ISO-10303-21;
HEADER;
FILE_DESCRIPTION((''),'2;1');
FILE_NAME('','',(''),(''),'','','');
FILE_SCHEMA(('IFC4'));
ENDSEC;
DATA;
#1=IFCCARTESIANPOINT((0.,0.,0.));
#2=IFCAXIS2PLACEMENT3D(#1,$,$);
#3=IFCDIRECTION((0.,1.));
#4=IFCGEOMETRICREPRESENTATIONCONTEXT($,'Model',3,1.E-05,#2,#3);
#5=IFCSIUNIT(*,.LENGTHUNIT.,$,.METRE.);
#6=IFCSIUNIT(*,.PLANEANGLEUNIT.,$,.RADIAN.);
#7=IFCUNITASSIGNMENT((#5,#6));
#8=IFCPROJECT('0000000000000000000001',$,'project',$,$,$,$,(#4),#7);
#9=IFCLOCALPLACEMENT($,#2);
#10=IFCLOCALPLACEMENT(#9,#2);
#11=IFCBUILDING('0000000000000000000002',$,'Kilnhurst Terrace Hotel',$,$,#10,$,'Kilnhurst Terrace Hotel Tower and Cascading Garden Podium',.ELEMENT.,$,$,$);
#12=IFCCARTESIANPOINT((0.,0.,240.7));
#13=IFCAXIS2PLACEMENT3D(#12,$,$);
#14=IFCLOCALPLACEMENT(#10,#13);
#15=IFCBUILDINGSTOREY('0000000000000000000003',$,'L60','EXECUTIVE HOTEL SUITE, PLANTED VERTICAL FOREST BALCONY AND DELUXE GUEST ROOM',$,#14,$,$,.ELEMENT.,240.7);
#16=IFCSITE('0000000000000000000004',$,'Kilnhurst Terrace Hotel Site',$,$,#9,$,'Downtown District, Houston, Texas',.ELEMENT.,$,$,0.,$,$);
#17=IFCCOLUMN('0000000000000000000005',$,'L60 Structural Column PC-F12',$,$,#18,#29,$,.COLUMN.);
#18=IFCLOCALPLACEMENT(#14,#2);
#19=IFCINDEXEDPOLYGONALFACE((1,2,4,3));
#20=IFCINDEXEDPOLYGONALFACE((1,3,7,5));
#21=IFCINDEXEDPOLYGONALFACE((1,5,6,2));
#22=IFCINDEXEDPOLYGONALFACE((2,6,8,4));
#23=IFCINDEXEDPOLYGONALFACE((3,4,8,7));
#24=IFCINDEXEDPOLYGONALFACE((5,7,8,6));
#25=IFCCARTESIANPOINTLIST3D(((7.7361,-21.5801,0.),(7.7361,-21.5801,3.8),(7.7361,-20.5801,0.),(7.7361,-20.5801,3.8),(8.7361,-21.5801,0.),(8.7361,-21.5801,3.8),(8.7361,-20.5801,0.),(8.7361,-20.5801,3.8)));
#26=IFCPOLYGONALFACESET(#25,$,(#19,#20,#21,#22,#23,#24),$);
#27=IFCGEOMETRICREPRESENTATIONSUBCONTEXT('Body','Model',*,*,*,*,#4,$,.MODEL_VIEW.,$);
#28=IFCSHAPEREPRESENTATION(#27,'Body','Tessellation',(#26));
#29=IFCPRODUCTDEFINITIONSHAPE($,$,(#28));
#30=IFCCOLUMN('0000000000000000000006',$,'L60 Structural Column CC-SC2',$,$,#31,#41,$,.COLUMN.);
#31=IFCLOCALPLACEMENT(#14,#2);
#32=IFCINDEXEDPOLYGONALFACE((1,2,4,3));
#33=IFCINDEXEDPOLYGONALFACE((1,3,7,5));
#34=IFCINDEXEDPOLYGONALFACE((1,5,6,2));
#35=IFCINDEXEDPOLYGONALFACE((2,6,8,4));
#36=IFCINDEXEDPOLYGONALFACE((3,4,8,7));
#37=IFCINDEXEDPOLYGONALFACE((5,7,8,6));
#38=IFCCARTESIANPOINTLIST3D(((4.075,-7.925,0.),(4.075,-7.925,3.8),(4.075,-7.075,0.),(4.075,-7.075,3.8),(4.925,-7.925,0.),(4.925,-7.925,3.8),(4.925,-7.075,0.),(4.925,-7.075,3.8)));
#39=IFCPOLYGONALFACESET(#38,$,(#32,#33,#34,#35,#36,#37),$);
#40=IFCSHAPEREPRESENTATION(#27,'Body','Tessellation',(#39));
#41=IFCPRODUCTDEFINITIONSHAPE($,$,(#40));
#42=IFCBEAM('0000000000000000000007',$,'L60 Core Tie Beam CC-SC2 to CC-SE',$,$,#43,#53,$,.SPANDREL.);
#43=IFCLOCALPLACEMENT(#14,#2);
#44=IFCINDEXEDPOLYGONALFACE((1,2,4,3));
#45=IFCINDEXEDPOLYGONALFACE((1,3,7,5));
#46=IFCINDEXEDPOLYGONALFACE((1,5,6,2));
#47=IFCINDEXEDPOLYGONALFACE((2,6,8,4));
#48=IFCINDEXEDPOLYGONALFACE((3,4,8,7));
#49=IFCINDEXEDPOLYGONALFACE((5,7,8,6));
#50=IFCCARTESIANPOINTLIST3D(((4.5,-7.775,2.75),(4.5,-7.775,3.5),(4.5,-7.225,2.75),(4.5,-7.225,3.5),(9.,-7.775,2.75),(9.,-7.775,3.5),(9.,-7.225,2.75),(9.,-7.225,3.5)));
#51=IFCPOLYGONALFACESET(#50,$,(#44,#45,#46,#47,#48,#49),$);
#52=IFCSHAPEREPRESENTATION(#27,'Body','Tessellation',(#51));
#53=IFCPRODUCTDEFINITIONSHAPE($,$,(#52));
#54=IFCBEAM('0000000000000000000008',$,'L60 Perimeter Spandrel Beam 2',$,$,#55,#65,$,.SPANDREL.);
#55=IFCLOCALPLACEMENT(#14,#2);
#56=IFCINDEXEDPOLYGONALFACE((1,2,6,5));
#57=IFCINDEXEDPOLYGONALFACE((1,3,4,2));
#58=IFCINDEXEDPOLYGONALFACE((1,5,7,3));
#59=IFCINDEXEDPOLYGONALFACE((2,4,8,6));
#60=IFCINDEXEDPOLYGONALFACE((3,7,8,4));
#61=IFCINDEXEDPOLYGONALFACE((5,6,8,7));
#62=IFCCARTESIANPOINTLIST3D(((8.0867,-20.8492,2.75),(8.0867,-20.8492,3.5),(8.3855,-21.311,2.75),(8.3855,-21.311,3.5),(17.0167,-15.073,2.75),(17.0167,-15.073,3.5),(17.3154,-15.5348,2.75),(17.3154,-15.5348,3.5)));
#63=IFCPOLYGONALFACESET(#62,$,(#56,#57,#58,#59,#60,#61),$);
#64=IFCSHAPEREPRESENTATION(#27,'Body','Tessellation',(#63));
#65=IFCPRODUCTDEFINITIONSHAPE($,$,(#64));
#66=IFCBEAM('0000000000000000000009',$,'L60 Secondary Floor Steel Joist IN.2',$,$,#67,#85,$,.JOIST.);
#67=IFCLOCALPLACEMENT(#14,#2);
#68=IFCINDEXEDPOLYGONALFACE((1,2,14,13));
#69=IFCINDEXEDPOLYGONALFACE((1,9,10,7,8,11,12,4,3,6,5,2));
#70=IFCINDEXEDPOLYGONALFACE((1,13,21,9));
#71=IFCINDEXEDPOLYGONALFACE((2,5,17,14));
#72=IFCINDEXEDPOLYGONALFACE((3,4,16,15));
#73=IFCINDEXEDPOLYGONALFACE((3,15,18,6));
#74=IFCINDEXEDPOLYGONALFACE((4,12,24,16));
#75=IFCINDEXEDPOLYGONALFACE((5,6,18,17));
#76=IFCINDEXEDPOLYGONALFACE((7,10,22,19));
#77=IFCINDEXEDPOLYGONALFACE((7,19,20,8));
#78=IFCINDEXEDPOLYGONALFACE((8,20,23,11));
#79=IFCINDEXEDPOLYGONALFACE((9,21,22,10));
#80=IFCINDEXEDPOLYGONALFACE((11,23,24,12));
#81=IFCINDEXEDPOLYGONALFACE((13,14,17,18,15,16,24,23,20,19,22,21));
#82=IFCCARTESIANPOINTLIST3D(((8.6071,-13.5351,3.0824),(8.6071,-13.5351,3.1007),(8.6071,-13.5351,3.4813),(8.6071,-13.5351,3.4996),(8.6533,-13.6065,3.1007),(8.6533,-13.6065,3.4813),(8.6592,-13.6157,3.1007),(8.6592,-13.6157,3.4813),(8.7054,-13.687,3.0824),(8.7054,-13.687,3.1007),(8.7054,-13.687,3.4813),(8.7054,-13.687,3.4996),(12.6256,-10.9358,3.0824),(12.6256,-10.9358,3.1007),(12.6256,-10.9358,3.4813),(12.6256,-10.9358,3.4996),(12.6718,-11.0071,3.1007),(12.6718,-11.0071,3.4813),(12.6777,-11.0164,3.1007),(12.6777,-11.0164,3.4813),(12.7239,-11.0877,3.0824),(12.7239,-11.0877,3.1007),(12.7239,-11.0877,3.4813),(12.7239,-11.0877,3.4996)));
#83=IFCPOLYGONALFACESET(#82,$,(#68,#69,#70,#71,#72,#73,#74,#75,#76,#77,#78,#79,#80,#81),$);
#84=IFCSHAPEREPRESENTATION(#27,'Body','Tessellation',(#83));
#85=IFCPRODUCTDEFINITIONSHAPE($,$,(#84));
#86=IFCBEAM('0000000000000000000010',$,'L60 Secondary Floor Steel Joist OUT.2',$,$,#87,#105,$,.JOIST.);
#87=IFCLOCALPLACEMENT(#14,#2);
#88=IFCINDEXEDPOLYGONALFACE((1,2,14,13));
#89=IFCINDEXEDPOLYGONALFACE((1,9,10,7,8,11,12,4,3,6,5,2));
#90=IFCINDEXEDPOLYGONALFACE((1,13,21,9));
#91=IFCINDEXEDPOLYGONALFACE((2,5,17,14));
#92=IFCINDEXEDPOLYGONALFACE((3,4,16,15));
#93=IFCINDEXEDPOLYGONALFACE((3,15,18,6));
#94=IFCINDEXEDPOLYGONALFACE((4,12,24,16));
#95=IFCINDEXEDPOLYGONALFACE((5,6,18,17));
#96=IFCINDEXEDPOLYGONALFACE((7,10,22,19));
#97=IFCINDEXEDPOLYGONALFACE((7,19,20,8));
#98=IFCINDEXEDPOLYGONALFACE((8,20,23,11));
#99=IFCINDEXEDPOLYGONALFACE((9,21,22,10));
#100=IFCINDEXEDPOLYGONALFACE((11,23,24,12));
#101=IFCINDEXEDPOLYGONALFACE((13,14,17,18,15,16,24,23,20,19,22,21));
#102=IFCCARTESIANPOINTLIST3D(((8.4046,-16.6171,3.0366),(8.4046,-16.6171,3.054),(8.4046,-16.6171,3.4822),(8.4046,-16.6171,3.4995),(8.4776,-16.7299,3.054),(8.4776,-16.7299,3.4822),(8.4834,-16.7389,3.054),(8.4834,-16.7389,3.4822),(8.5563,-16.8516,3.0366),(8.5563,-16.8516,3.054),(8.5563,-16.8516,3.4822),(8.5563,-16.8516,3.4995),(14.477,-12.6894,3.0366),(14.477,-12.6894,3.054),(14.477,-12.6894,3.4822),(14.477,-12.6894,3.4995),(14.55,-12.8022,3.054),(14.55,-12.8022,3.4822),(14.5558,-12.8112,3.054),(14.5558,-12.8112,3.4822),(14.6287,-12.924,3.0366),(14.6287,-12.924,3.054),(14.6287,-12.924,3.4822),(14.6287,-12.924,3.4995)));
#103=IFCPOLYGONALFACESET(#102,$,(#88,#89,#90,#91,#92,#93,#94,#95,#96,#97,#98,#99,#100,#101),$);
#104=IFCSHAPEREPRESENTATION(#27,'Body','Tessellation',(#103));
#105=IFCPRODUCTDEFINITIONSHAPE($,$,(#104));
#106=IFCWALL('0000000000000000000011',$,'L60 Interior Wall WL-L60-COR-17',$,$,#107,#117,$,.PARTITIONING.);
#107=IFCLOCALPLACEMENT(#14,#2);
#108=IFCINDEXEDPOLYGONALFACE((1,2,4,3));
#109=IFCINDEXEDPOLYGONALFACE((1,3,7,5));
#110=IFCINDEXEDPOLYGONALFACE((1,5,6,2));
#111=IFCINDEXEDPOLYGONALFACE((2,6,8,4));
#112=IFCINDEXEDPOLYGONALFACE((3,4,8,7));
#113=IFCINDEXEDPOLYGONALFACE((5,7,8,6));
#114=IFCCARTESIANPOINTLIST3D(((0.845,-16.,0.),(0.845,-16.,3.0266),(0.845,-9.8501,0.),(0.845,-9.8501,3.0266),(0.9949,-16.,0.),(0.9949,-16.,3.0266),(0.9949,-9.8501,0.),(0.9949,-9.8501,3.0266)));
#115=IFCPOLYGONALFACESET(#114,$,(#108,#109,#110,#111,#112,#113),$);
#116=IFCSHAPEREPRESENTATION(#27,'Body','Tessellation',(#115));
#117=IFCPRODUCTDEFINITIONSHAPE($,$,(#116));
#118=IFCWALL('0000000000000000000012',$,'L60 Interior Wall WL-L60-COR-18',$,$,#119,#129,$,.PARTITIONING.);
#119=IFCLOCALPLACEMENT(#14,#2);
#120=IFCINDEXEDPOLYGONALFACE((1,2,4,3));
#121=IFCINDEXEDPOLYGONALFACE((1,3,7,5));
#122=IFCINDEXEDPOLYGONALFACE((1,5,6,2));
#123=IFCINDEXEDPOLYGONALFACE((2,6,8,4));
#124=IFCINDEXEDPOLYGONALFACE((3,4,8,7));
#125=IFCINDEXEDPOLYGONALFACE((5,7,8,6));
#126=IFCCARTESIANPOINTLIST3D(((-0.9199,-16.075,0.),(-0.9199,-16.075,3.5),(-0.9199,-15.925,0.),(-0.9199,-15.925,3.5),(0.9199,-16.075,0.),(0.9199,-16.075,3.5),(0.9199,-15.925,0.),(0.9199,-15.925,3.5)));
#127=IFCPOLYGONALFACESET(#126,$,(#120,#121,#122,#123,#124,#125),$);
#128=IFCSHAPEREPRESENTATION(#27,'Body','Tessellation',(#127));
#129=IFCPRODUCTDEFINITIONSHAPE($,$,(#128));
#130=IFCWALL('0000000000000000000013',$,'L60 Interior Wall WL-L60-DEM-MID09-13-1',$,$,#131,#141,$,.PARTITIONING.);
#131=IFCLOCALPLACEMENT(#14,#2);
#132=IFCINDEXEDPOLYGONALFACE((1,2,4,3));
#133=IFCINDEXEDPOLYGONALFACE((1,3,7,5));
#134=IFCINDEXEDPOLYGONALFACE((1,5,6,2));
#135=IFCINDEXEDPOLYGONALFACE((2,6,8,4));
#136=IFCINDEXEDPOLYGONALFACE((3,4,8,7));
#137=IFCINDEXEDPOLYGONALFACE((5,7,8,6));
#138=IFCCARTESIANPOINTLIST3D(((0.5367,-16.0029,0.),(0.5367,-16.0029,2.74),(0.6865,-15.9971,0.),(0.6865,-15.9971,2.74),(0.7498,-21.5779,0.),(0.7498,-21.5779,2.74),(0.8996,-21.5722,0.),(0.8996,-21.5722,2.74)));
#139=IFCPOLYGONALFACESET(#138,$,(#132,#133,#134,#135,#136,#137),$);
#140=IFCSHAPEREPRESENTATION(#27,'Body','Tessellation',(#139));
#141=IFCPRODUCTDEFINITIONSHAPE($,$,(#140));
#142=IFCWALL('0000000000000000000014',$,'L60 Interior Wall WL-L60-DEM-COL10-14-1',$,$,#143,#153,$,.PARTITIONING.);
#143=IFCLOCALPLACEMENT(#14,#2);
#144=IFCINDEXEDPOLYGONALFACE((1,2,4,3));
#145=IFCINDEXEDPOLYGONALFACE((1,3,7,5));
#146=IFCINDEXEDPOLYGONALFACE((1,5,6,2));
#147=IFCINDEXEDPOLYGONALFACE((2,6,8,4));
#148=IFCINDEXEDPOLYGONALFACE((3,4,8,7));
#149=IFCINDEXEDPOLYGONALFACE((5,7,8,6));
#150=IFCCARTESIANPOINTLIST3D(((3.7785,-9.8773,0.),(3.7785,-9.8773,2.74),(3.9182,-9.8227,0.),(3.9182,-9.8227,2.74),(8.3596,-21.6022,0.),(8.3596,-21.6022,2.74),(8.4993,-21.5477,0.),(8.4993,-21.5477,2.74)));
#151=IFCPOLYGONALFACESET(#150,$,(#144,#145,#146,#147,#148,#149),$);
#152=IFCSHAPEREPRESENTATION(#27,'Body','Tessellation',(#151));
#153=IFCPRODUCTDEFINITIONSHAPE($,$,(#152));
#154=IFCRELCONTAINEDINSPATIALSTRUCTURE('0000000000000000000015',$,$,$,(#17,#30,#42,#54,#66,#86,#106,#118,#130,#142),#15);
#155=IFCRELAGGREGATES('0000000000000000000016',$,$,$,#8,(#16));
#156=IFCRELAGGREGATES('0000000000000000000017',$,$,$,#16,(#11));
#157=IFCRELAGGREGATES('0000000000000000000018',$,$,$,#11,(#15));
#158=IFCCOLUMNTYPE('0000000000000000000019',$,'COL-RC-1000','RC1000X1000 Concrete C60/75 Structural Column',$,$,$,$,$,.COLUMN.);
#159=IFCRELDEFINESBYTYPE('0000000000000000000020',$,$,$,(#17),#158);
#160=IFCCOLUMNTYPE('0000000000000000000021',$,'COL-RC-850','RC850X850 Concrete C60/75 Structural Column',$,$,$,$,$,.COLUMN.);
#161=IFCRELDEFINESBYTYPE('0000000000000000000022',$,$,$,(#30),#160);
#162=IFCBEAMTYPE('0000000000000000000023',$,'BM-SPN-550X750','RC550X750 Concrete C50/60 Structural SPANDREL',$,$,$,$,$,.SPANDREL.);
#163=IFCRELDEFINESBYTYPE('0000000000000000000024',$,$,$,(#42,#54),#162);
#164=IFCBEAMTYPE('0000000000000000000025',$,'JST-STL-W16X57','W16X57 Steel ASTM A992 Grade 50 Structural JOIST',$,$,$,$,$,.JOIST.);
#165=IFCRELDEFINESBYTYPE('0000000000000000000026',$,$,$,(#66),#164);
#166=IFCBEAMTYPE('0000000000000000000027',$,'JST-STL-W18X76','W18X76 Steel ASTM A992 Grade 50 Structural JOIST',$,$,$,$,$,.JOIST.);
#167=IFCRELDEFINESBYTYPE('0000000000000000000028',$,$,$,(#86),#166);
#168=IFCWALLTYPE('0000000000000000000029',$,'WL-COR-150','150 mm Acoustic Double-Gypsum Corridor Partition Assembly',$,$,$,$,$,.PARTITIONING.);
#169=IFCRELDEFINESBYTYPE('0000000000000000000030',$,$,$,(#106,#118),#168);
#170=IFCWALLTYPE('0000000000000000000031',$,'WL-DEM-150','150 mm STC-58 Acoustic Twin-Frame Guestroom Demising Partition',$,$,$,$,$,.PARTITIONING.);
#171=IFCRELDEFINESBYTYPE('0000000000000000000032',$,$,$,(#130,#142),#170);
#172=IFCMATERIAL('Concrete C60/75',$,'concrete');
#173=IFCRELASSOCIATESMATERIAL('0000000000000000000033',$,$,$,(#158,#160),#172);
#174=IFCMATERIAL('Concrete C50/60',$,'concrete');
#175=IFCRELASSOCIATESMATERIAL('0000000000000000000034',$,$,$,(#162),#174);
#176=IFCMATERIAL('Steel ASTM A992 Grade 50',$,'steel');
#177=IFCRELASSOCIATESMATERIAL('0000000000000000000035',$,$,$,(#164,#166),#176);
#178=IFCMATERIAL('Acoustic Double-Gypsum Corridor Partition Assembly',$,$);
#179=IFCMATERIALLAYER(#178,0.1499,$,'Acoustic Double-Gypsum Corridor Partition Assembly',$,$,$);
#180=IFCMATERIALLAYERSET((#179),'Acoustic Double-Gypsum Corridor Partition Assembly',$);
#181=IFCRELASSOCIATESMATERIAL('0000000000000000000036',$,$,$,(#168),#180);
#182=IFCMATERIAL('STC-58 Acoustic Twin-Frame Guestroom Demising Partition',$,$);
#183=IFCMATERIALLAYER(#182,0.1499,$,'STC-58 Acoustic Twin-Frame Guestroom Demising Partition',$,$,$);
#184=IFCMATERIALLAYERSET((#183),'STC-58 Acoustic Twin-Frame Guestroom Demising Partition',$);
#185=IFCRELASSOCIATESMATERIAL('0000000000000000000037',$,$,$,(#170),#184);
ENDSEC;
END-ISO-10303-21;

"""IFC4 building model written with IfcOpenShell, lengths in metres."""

from ifc_helpers import new_model, si_unit, direction, frame, frame_2d, origin, origin_2d, place, context, subcontext, project, spatial, rectangle, i_section, extrude, material, layer, layer_set, material_profile, profile_set, type_object, element, save


model = new_model("IFC4")

# Units and contexts
model_context = context("Model", 3, precision=1e-05, world=origin(), true_north=direction((0.0, 1.0)))
body_context = subcontext(model_context, "Body", "Model", "MODEL_VIEW")
ifc_project = project(units=[si_unit("LENGTHUNIT", "METRE"), si_unit("PLANEANGLEUNIT", "RADIAN")], contexts=[model_context])

# Site, building, storey
site_placement = place(None, origin())
site = spatial("IfcSite", under=ifc_project, at=site_placement, Name="Kilnhurst Terrace Hotel Site", LongName="Downtown District, Houston, Texas", CompositionType="ELEMENT", RefElevation=0.0)
building_placement = place(site_placement, origin())
building = spatial("IfcBuilding", under=site, at=building_placement, Name="Kilnhurst Terrace Hotel", LongName="Kilnhurst Terrace Hotel Tower and Cascading Garden Podium", CompositionType="ELEMENT")
storey_placement = place(building_placement, frame((0.0, 0.0, 240.7)))
storey = spatial("IfcBuildingStorey", under=building, at=storey_placement, Name="L60", Description="EXECUTIVE HOTEL SUITE, PLANTED VERTICAL FOREST BALCONY AND DELUXE GUEST ROOM", CompositionType="ELEMENT", Elevation=240.7)

# Columns
ifc_material_1 = material(Name="Concrete C60/75", Category="concrete")
ifc_material_profile_1 = material_profile(ifc_material_1, rectangle(XDim=1.0, YDim=1.0, at=origin_2d()), Name="RC1000X1000")
ifc_profile_set_1 = profile_set([ifc_material_profile_1], Name="Concrete C60/75")
column_type_1 = type_object("IfcColumnType", Name="COL-RC-1000", Description="RC1000X1000 Concrete C60/75 Structural Column", PredefinedType="COLUMN", material=ifc_profile_set_1)
column_1_placement = place(storey_placement, frame((8.2361, -21.0801, 0.0), z_axis=(0.0, 0.0, 1.0), x_axis=(1.0, 0.0, 0.0)))
element("IfcColumn", 1, at=column_1_placement, inside=storey, type_object=column_type_1, Name="L60 Structural Column PC-F12", PredefinedType="COLUMN", context=body_context, shape_type="SweptSolid", body=[
    extrude(rectangle(XDim=1.0, YDim=1.0, at=origin_2d()), origin(), (0.0, 0.0, 1.0), 3.8),
])
ifc_material_profile_2 = material_profile(ifc_material_1, rectangle(XDim=0.8501, YDim=0.8501, at=origin_2d()), Name="RC850X850")
ifc_profile_set_2 = profile_set([ifc_material_profile_2], Name="Concrete C60/75")
column_type_2 = type_object("IfcColumnType", Name="COL-RC-850", Description="RC850X850 Concrete C60/75 Structural Column", PredefinedType="COLUMN", material=ifc_profile_set_2)
column_2_placement = place(storey_placement, frame((4.5, -7.5, 0.0), z_axis=(0.0, 0.0, 1.0), x_axis=(1.0, 0.0, 0.0)))
element("IfcColumn", 2, at=column_2_placement, inside=storey, type_object=column_type_2, Name="L60 Structural Column CC-SC2", PredefinedType="COLUMN", context=body_context, shape_type="SweptSolid", body=[
    extrude(rectangle(XDim=0.8501, YDim=0.8501, at=origin_2d()), origin(), (0.0, 0.0, 1.0), 3.8),
])

# Beams
ifc_material_2 = material(Name="Concrete C50/60", Category="concrete")
ifc_material_profile_3 = material_profile(ifc_material_2, rectangle(XDim=0.55, YDim=0.75, at=origin_2d()), Name="RC550X750")
ifc_profile_set_3 = profile_set([ifc_material_profile_3], Name="Concrete C50/60")
beam_type_1 = type_object("IfcBeamType", Name="BM-SPN-550X750", Description="RC550X750 Concrete C50/60 Structural SPANDREL", PredefinedType="SPANDREL", material=ifc_profile_set_3)
beam_1_placement = place(storey_placement, frame((4.5, -7.5, 3.125), z_axis=(1.0, 0.0, 0.0), x_axis=(0.0, 1.0, 0.0)))
element("IfcBeam", 3, at=beam_1_placement, inside=storey, type_object=beam_type_1, Name="L60 Core Tie Beam CC-SC2 to CC-SE", PredefinedType="SPANDREL", context=body_context, shape_type="SweptSolid", body=[
    extrude(rectangle(XDim=0.55, YDim=0.75, at=origin_2d()), origin(), (0.0, 0.0, 1.0), 4.5),
])
beam_2_placement = place(storey_placement, frame((8.2361, -21.0801, 3.125), z_axis=(0.839659, 0.543114, 0.0), x_axis=(-0.543114, 0.839659, 0.0)))
element("IfcBeam", 4, at=beam_2_placement, inside=storey, type_object=beam_type_1, Name="L60 Perimeter Spandrel Beam 2", PredefinedType="SPANDREL", context=body_context, shape_type="SweptSolid", body=[
    extrude(rectangle(XDim=0.55, YDim=0.75, at=origin_2d()), origin(), (0.0, 0.0, 1.0), 10.6353),
])
ifc_material_3 = material(Name="Steel ASTM A992 Grade 50", Category="steel")
ifc_material_profile_4 = material_profile(ifc_material_3, i_section(OverallWidth=0.1809, OverallDepth=0.4172, WebThickness=0.011, FlangeThickness=0.0183, at=origin_2d()), Name="W16X57")
ifc_profile_set_4 = profile_set([ifc_material_profile_4], Name="Steel ASTM A992 Grade 50")
beam_type_2 = type_object("IfcBeamType", Name="JST-STL-W16X57", Description="W16X57 Steel ASTM A992 Grade 50 Structural JOIST", PredefinedType="JOIST", material=ifc_profile_set_4)
beam_3_placement = place(storey_placement, frame((8.6562, -13.6111, 3.291), z_axis=(0.839654, 0.543122, 0.0), x_axis=(-0.543122, 0.839654, 0.0)))
element("IfcBeam", 5, at=beam_3_placement, inside=storey, type_object=beam_type_2, Name="L60 Secondary Floor Steel Joist IN.2", PredefinedType="JOIST", context=body_context, shape_type="SweptSolid", body=[
    extrude(i_section(OverallWidth=0.1809, OverallDepth=0.4172, WebThickness=0.011, FlangeThickness=0.0183, at=origin_2d()), origin(), (0.0, 0.0, 1.0), 4.7859),
])
ifc_material_profile_5 = material_profile(ifc_material_3, i_section(OverallWidth=0.2793, OverallDepth=0.4629, WebThickness=0.0107, FlangeThickness=0.0173, at=origin_2d()), Name="W18X76")
ifc_profile_set_5 = profile_set([ifc_material_profile_5], Name="Steel ASTM A992 Grade 50")
beam_type_3 = type_object("IfcBeamType", Name="JST-STL-W18X76", Description="W18X76 Steel ASTM A992 Grade 50 Structural JOIST", PredefinedType="JOIST", material=ifc_profile_set_5)
beam_4_placement = place(storey_placement, frame((8.4805, -16.7344, 3.2681), z_axis=(0.839667, 0.543101, 0.0), x_axis=(-0.543101, 0.839667, 0.0)))
element("IfcBeam", 6, at=beam_4_placement, inside=storey, type_object=beam_type_3, Name="L60 Secondary Floor Steel Joist OUT.2", PredefinedType="JOIST", context=body_context, shape_type="SweptSolid", body=[
    extrude(i_section(OverallWidth=0.2793, OverallDepth=0.4629, WebThickness=0.0107, FlangeThickness=0.0173, at=origin_2d()), origin(), (0.0, 0.0, 1.0), 7.2319),
])

# Walls
ifc_material_4 = material(Name="Acoustic Double-Gypsum Corridor Partition Assembly")
ifc_layer_1 = layer(ifc_material_4, 0.1499, Name="Acoustic Double-Gypsum Corridor Partition Assembly")
ifc_layer_set_1 = layer_set([ifc_layer_1], Name="Acoustic Double-Gypsum Corridor Partition Assembly")
wall_type_1 = type_object("IfcWallType", Name="WL-COR-150", Description="150 mm Acoustic Double-Gypsum Corridor Partition Assembly", PredefinedType="PARTITIONING", material=ifc_layer_set_1)
wall_1_placement = place(storey_placement, frame((0.9199, -9.8501, 0.0), z_axis=(0.0, 0.0, 1.0), x_axis=(0.0, -1.0, 0.0)))
element("IfcWall", 7, at=wall_1_placement, inside=storey, type_object=wall_type_1, Name="L60 Interior Wall WL-L60-COR-17", PredefinedType="PARTITIONING", context=body_context, shape_type="SweptSolid", body=[
    extrude(rectangle(XDim=6.1499, YDim=0.1499, at=frame_2d((3.075, 0.0))), origin(), (0.0, 0.0, 1.0), 3.0266),
])
wall_2_placement = place(storey_placement, frame((0.9199, -16.0, 0.0), z_axis=(0.0, 0.0, 1.0), x_axis=(-1.0, 0.0, 0.0)))
element("IfcWall", 8, at=wall_2_placement, inside=storey, type_object=wall_type_1, Name="L60 Interior Wall WL-L60-COR-18", PredefinedType="PARTITIONING", context=body_context, shape_type="SweptSolid", body=[
    extrude(rectangle(XDim=1.8398, YDim=0.1499, at=frame_2d((0.9199, 0.0))), origin(), (0.0, 0.0, 1.0), 3.5),
])
ifc_material_5 = material(Name="STC-58 Acoustic Twin-Frame Guestroom Demising Partition")
ifc_layer_2 = layer(ifc_material_5, 0.1499, Name="STC-58 Acoustic Twin-Frame Guestroom Demising Partition")
ifc_layer_set_2 = layer_set([ifc_layer_2], Name="STC-58 Acoustic Twin-Frame Guestroom Demising Partition")
wall_type_2 = type_object("IfcWallType", Name="WL-DEM-150", Description="150 mm STC-58 Acoustic Twin-Frame Guestroom Demising Partition", PredefinedType="PARTITIONING", material=ifc_layer_set_2)
wall_3_placement = place(storey_placement, frame((0.6116, -16.0, 0.0), z_axis=(0.0, 0.0, 1.0), x_axis=(0.038203, -0.99927, 0.0)))
element("IfcWall", 9, at=wall_3_placement, inside=storey, type_object=wall_type_2, Name="L60 Interior Wall WL-L60-DEM-MID09-13-1", PredefinedType="PARTITIONING", context=body_context, shape_type="SweptSolid", body=[
    extrude(rectangle(XDim=5.5791, YDim=0.1499, at=frame_2d((2.7896, 0.0))), origin(), (0.0, 0.0, 1.0), 2.74),
])
wall_4_placement = place(storey_placement, frame((3.8484, -9.8501, 0.0), z_axis=(0.0, 0.0, 1.0), x_axis=(0.363922, -0.93143, 0.0)))
element("IfcWall", 10, at=wall_4_placement, inside=storey, type_object=wall_type_2, Name="L60 Interior Wall WL-L60-DEM-COL10-14-1", PredefinedType="PARTITIONING", context=body_context, shape_type="SweptSolid", body=[
    extrude(rectangle(XDim=12.5881, YDim=0.1499, at=frame_2d((6.2939, 0.0))), origin(), (0.0, 0.0, 1.0), 2.74),
])

save(model, "model.ifc")
